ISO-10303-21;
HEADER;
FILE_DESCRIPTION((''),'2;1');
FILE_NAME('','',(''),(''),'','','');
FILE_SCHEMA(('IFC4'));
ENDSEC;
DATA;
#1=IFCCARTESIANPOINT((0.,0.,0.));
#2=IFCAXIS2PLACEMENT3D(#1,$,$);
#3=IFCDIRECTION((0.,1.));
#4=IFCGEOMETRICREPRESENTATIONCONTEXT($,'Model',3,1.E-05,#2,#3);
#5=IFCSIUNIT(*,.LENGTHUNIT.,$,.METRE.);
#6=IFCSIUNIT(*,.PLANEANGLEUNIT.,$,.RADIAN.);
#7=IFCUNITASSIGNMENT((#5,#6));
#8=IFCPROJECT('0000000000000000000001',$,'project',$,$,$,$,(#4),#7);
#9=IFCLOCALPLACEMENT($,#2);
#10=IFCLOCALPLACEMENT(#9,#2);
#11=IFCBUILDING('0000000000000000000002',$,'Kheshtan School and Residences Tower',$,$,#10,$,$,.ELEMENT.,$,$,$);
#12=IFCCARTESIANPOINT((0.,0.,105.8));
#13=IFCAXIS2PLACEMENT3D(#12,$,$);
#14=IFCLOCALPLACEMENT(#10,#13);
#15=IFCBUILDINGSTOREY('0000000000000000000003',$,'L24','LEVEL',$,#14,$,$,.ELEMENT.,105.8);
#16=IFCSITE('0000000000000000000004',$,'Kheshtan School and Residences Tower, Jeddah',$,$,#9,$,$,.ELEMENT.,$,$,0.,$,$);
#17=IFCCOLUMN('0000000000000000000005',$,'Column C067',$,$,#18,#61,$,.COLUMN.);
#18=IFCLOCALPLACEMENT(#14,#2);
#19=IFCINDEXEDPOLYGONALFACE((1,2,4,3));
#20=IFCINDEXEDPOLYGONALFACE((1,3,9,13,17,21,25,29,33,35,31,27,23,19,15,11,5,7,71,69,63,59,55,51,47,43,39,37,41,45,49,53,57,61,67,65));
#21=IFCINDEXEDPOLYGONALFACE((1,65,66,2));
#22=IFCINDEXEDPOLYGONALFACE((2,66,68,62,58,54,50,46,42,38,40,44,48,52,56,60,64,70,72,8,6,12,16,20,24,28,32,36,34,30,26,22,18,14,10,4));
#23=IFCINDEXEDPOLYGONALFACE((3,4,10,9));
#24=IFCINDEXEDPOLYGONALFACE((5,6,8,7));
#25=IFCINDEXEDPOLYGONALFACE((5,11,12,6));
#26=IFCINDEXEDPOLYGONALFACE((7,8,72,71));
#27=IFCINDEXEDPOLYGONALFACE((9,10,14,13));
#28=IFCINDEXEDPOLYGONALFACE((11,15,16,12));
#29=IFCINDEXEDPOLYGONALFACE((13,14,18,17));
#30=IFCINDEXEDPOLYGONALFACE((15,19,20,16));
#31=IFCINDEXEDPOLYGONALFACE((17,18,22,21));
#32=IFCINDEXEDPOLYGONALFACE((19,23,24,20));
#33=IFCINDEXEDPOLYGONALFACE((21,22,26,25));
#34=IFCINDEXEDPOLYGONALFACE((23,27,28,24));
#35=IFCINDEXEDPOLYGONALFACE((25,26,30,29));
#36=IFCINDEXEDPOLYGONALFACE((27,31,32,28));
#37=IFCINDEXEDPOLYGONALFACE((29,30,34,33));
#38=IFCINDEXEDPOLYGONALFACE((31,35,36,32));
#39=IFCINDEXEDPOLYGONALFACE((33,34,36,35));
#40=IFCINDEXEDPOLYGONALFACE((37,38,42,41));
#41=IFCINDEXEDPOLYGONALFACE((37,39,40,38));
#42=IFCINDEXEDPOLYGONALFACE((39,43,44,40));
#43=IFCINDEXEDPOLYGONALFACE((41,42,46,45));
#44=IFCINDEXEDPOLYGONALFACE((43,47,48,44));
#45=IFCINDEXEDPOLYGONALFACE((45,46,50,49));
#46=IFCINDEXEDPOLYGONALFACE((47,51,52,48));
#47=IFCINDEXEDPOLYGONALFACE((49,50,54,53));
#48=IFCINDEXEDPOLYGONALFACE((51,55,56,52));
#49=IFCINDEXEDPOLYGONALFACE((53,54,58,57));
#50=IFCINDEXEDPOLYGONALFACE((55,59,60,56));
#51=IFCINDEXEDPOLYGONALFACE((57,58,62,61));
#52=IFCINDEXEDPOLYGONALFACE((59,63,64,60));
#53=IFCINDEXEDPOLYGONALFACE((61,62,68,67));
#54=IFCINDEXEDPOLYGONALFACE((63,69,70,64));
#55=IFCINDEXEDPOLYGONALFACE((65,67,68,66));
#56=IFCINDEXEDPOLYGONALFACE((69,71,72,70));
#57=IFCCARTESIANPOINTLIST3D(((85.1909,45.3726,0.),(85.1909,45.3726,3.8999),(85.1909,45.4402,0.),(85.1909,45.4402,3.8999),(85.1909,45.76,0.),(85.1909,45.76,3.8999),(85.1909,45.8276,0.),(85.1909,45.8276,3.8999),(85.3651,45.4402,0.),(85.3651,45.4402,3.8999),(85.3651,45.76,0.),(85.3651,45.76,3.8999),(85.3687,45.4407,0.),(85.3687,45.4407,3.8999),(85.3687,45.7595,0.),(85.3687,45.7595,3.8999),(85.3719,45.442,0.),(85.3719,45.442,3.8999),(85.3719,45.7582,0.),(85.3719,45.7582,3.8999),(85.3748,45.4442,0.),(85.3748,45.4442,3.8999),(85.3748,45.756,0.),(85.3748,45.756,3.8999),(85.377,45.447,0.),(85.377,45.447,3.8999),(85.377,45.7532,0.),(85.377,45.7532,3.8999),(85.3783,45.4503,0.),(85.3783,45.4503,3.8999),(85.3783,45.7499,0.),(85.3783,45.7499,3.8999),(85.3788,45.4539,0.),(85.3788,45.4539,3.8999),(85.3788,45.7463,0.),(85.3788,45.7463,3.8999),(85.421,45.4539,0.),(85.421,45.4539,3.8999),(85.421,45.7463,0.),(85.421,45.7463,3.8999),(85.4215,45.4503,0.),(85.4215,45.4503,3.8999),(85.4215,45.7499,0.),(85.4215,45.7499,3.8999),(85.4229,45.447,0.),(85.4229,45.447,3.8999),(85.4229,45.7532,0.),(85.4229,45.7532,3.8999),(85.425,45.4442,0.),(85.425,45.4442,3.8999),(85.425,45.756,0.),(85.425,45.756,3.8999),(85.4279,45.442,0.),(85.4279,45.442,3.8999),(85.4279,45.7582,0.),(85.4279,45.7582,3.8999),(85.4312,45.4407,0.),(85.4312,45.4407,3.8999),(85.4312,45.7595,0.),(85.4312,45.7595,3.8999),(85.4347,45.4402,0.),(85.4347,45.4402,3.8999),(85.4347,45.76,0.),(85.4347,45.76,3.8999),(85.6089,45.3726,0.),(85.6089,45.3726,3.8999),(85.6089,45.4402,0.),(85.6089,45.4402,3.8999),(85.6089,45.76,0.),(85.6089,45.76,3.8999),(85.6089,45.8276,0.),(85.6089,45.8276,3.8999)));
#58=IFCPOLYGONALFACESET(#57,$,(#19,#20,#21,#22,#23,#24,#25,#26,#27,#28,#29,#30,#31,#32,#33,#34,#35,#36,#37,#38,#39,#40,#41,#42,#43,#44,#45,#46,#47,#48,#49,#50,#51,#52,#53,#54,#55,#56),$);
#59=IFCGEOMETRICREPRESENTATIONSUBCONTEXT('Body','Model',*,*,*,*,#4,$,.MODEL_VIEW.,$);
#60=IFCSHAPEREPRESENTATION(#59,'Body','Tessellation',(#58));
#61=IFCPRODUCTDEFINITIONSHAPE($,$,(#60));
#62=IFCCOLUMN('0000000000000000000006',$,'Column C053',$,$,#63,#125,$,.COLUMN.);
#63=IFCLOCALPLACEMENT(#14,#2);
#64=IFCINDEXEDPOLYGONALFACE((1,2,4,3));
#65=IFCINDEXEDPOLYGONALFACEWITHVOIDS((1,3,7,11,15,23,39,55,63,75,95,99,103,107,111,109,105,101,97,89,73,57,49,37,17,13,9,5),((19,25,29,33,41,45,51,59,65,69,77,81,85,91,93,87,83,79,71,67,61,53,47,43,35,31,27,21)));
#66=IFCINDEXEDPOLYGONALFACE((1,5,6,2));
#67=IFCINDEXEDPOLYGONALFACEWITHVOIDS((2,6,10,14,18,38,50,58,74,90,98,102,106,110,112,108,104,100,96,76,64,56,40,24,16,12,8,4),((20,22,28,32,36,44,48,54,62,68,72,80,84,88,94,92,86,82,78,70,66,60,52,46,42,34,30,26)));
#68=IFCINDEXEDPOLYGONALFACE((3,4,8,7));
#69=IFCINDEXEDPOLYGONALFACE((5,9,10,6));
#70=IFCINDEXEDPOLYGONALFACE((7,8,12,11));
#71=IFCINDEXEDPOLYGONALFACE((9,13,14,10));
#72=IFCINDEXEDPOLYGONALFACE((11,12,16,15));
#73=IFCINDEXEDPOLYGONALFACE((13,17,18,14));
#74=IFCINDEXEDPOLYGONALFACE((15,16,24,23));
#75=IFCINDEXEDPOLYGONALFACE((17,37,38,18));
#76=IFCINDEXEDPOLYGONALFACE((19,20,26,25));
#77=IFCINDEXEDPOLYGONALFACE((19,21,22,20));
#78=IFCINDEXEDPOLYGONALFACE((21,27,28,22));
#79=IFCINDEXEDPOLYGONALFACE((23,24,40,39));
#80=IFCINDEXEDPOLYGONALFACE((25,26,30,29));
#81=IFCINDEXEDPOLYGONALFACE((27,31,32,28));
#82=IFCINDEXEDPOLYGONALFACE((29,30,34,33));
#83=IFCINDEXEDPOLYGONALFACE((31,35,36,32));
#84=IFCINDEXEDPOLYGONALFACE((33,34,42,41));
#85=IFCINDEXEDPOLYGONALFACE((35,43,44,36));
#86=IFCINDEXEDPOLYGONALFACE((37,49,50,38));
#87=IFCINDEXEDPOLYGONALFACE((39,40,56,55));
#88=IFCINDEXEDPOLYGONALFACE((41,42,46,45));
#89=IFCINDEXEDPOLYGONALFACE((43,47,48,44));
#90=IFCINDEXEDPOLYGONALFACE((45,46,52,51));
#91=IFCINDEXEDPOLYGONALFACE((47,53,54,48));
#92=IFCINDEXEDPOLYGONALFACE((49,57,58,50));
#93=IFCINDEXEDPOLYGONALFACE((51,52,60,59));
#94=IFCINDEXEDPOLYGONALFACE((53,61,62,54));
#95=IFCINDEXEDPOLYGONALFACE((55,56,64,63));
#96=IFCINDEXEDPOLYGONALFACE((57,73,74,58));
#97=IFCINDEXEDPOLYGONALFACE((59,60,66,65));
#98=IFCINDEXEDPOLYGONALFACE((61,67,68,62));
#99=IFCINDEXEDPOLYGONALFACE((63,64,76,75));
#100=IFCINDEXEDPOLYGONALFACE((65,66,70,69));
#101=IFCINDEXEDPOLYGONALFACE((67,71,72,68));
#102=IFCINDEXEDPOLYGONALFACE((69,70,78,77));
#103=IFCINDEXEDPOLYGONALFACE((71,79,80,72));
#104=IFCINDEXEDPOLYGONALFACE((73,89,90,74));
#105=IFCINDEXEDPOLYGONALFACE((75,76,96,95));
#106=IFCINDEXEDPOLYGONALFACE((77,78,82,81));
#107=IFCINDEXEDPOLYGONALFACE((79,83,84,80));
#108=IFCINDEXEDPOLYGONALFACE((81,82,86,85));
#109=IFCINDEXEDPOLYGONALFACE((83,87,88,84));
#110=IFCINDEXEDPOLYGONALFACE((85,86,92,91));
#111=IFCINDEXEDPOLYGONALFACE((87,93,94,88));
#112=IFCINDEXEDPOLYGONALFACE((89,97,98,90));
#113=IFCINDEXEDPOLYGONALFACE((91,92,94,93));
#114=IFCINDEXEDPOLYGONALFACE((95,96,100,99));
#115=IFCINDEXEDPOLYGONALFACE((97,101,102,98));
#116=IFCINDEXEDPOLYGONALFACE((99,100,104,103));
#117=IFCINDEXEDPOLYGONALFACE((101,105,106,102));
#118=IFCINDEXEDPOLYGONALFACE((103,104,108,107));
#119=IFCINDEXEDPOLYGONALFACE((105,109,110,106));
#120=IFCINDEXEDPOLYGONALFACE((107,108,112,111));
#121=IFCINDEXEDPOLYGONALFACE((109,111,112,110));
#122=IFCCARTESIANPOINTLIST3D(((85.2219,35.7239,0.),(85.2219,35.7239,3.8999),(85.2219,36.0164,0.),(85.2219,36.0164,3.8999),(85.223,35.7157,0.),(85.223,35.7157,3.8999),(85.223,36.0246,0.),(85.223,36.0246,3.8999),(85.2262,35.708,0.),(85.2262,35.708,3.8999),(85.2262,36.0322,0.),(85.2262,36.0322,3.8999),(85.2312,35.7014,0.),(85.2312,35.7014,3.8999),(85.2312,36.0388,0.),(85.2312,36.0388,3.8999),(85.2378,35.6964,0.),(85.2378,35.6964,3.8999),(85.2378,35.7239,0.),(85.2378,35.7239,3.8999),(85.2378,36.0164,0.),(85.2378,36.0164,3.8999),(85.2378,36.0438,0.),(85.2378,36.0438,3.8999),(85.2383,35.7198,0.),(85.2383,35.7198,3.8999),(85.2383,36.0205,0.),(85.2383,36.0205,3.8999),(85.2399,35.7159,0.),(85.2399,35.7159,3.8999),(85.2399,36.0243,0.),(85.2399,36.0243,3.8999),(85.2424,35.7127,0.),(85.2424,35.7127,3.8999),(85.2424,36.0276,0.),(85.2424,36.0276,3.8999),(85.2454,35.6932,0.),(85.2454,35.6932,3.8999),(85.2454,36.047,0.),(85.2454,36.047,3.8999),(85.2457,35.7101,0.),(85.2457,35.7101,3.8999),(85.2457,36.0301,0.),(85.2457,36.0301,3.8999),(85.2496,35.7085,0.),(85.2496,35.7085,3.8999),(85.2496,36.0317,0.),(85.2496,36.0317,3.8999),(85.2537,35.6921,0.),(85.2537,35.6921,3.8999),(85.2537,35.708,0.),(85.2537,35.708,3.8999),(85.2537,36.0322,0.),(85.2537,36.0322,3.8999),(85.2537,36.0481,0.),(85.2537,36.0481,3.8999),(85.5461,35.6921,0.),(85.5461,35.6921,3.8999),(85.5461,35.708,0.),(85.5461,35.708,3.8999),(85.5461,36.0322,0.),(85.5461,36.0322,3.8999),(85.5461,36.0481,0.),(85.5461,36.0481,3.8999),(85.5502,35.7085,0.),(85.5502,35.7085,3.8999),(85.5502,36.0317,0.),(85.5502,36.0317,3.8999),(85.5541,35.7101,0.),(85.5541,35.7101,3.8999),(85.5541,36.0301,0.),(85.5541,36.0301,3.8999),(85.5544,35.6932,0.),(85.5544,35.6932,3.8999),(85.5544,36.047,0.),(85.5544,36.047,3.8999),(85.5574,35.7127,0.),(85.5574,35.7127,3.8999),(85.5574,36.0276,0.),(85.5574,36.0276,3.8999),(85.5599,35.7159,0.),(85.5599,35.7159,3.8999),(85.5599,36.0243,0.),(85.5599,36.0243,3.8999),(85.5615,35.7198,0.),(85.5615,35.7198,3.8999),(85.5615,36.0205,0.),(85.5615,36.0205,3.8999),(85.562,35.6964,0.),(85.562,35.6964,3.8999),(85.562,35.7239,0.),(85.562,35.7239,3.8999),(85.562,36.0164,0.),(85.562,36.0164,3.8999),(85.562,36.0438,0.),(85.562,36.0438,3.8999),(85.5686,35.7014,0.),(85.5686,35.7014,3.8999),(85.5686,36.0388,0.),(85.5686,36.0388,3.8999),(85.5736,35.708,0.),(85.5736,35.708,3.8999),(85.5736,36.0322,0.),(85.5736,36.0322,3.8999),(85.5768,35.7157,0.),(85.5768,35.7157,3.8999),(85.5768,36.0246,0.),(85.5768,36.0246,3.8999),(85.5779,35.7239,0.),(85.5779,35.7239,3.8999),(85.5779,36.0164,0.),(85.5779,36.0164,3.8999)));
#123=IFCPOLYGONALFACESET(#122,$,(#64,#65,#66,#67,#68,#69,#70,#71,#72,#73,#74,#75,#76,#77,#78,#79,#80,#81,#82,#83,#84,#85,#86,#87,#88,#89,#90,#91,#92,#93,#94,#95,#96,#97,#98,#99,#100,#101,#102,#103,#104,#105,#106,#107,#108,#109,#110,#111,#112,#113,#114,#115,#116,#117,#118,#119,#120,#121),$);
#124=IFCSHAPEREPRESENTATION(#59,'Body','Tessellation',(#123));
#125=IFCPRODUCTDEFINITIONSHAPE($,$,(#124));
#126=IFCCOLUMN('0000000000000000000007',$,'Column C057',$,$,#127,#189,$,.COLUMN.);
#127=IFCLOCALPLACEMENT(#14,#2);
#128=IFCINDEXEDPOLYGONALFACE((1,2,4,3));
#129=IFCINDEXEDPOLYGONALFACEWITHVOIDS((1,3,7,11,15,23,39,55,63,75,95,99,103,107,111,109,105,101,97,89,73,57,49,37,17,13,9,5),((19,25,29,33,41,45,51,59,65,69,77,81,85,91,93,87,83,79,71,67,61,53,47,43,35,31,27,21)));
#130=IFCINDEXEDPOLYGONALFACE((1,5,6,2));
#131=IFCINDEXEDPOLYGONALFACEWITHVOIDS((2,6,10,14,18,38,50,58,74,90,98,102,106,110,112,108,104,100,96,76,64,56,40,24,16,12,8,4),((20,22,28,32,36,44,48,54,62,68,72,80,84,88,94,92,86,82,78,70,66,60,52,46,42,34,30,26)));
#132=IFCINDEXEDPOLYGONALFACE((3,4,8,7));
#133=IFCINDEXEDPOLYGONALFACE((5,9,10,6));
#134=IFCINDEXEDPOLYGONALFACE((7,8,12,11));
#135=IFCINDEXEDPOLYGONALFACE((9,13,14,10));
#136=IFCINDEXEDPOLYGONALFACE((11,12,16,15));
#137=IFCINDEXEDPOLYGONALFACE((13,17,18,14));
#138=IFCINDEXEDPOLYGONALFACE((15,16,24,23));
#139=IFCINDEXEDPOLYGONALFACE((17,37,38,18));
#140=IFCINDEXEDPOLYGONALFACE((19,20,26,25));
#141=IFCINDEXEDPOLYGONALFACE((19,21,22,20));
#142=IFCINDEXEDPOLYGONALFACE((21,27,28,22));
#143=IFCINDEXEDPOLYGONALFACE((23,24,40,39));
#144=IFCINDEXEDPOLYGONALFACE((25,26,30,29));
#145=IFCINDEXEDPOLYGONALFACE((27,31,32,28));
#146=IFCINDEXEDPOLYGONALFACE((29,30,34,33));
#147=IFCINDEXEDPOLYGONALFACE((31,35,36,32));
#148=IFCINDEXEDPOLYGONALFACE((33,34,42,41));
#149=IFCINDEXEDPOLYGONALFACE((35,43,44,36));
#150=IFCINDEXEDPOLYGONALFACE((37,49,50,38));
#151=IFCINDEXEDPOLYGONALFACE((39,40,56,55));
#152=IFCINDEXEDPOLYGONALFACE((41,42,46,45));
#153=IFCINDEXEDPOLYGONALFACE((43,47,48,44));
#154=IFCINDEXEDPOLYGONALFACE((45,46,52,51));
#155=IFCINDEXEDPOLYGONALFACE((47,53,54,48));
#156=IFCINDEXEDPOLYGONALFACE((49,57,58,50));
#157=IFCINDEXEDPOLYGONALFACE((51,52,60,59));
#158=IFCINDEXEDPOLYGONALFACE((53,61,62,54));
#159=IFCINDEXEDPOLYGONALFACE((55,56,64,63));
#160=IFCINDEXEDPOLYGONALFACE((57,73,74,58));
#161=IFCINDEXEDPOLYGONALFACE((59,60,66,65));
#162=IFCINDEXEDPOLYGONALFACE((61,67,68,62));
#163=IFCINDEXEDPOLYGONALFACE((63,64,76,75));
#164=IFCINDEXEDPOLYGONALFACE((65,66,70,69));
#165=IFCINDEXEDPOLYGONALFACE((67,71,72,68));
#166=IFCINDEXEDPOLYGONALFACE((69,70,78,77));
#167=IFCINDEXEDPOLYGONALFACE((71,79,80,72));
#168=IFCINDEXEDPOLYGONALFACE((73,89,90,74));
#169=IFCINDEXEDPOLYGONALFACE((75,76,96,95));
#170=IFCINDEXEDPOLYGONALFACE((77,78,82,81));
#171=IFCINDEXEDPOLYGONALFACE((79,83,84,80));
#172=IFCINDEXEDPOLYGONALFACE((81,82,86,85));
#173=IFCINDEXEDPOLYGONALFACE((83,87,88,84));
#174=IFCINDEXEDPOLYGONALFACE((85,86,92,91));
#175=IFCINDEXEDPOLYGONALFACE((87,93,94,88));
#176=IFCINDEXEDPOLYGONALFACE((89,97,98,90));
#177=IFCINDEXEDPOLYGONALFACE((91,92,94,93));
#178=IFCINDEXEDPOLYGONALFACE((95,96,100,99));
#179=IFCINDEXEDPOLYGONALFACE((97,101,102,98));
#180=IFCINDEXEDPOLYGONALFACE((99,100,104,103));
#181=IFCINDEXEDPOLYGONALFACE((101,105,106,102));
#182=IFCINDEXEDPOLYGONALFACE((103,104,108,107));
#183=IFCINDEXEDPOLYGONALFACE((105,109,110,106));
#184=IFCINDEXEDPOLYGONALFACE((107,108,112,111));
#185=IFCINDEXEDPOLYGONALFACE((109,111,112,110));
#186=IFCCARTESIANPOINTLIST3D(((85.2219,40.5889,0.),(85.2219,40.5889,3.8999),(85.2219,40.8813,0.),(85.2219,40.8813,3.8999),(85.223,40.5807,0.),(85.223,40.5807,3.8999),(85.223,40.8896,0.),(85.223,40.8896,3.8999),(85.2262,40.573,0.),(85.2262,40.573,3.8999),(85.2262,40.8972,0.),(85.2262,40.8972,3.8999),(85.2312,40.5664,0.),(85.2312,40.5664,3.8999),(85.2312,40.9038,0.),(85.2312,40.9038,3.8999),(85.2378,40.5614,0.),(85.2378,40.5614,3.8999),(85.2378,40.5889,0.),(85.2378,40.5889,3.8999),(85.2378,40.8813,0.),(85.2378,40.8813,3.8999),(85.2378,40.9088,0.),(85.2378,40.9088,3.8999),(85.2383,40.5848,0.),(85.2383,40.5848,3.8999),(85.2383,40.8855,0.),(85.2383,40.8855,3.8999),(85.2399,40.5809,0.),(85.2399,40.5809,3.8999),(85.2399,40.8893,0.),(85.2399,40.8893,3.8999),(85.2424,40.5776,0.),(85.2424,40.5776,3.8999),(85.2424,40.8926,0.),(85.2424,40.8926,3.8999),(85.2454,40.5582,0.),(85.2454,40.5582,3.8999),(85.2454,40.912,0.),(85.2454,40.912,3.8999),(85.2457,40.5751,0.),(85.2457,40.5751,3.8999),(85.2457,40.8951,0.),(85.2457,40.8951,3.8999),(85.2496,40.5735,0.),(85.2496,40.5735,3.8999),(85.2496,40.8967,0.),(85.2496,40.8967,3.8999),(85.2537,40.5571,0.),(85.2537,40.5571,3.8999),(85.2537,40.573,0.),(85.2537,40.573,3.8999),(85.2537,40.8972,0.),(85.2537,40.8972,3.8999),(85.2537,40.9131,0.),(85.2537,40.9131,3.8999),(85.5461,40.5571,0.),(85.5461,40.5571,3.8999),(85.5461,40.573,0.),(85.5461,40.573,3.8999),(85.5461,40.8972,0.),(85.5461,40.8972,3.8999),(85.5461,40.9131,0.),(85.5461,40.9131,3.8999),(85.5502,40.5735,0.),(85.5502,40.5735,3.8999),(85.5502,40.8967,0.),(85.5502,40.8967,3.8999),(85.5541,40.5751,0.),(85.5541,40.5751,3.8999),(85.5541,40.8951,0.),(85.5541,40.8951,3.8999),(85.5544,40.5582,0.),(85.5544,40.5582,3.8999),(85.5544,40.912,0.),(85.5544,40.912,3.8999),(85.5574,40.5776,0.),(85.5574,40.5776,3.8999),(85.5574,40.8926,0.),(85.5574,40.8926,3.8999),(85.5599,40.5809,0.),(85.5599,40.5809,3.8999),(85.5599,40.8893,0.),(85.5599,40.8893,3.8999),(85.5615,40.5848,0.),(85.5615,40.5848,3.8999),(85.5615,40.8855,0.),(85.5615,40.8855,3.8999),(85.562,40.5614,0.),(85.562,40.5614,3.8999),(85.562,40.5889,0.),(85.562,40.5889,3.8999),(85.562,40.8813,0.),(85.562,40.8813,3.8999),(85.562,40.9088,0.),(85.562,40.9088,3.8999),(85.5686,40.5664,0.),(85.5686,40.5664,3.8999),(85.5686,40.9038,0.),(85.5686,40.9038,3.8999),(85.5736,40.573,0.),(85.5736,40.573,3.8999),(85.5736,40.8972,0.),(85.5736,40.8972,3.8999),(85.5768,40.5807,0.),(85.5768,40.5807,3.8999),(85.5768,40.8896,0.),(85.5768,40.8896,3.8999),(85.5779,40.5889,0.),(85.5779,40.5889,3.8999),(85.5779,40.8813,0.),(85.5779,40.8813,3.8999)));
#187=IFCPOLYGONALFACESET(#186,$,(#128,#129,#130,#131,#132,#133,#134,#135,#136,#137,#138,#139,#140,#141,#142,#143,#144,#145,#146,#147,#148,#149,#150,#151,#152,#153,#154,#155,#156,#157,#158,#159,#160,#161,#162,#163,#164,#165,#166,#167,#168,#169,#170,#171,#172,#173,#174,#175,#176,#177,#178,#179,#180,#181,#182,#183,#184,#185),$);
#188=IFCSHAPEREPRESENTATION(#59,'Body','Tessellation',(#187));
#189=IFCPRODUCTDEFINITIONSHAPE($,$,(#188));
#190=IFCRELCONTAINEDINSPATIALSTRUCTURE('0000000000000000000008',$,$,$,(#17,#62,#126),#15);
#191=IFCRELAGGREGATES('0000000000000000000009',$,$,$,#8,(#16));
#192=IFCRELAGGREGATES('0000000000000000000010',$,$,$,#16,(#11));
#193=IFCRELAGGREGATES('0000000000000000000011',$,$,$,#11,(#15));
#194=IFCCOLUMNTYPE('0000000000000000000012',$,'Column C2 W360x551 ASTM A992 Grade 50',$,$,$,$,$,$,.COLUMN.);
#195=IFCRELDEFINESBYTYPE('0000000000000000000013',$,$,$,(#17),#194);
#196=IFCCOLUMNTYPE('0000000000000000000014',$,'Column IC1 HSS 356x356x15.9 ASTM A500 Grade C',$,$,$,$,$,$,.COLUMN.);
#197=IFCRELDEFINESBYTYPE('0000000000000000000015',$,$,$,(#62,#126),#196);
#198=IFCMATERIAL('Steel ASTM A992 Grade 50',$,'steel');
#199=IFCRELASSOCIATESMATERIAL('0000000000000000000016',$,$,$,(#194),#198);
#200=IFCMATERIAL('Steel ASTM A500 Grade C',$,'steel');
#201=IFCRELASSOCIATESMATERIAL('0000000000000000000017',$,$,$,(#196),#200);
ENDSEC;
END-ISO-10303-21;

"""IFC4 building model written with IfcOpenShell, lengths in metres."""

from ifc_helpers import new_model, si_unit, direction, frame, origin, origin_2d, place, context, subcontext, project, spatial, hollow_rectangle, i_section, extrude, material, material_profile, profile_set, type_object, element, save


model = new_model("IFC4")

# Units and contexts
model_context = context("Model", 3, precision=1e-05, world=origin(), true_north=direction((0.0, 1.0)))
body_context = subcontext(model_context, "Body", "Model", "MODEL_VIEW")
ifc_project = project(units=[si_unit("LENGTHUNIT", "METRE"), si_unit("PLANEANGLEUNIT", "RADIAN")], contexts=[model_context])

# Site, building, storey
site_placement = place(None, origin())
site = spatial("IfcSite", under=ifc_project, at=site_placement, Name="Kheshtan School and Residences Tower, Jeddah", CompositionType="ELEMENT", RefElevation=0.0)
building_placement = place(site_placement, origin())
building = spatial("IfcBuilding", under=site, at=building_placement, Name="Kheshtan School and Residences Tower", CompositionType="ELEMENT")
storey_placement = place(building_placement, frame((0.0, 0.0, 105.8)))
storey = spatial("IfcBuildingStorey", under=building, at=storey_placement, Name="L24", Description="LEVEL", CompositionType="ELEMENT", Elevation=105.8)

# Columns
ifc_material_1 = material(Name="Steel ASTM A992 Grade 50", Category="steel")
ifc_material_profile_1 = material_profile(ifc_material_1, i_section(OverallWidth=0.418, OverallDepth=0.4551, WebThickness=0.0422, FlangeThickness=0.0676, FilletRadius=0.0137, at=origin_2d()), Name="W360x551")
ifc_profile_set_1 = profile_set([ifc_material_profile_1], Name="Steel ASTM A992 Grade 50")
column_type_1 = type_object("IfcColumnType", Name="Column C2 W360x551 ASTM A992 Grade 50", PredefinedType="COLUMN", material=ifc_profile_set_1)
column_placement = place(storey_placement, frame((85.3999, 45.6001, 0.0), z_axis=(0.0, 0.0, 1.0), x_axis=(1.0, 0.0, 0.0)))
element("IfcColumn", 1, at=column_placement, inside=storey, type_object=column_type_1, Name="Column C067", PredefinedType="COLUMN", context=body_context, shape_type="SweptSolid", body=[
    extrude(i_section(OverallWidth=0.418, OverallDepth=0.4551, WebThickness=0.0422, FlangeThickness=0.0676, FilletRadius=0.0137, at=origin_2d()), origin(), (0.0, 0.0, 1.0), 3.8999),
])
ifc_material_2 = material(Name="Steel ASTM A500 Grade C", Category="steel")
ifc_material_profile_2 = material_profile(ifc_material_2, hollow_rectangle(XDim=0.356, YDim=0.356, WallThickness=0.0159, InnerFilletRadius=0.0159, OuterFilletRadius=0.0317, at=origin_2d()), Name="HSS 356x356x15.9")
ifc_profile_set_2 = profile_set([ifc_material_profile_2], Name="Steel ASTM A500 Grade C")
column_type_2 = type_object("IfcColumnType", Name="Column IC1 HSS 356x356x15.9 ASTM A500 Grade C", PredefinedType="COLUMN", material=ifc_profile_set_2)
for number, where, z_axis, x_axis, name in (
    (2, (85.3999, 35.8701, 0.0), (0.0, 0.0, 1.0), (1.0, 0.0, 0.0), "Column C053"),
    (3, (85.3999, 40.7351, 0.0), (0.0, 0.0, 1.0), (1.0, 0.0, 0.0), "Column C057"),
):
    element("IfcColumn", number, at=place(storey_placement, frame(where, z_axis=z_axis, x_axis=x_axis)), inside=storey, type_object=column_type_2, Name=name, PredefinedType="COLUMN", context=body_context, shape_type="SweptSolid", body=[
        extrude(hollow_rectangle(XDim=0.356, YDim=0.356, WallThickness=0.0159, InnerFilletRadius=0.0159, OuterFilletRadius=0.0317, at=origin_2d()), origin(), (0.0, 0.0, 1.0), 3.8999),
    ])

save(model, "model.ifc")
